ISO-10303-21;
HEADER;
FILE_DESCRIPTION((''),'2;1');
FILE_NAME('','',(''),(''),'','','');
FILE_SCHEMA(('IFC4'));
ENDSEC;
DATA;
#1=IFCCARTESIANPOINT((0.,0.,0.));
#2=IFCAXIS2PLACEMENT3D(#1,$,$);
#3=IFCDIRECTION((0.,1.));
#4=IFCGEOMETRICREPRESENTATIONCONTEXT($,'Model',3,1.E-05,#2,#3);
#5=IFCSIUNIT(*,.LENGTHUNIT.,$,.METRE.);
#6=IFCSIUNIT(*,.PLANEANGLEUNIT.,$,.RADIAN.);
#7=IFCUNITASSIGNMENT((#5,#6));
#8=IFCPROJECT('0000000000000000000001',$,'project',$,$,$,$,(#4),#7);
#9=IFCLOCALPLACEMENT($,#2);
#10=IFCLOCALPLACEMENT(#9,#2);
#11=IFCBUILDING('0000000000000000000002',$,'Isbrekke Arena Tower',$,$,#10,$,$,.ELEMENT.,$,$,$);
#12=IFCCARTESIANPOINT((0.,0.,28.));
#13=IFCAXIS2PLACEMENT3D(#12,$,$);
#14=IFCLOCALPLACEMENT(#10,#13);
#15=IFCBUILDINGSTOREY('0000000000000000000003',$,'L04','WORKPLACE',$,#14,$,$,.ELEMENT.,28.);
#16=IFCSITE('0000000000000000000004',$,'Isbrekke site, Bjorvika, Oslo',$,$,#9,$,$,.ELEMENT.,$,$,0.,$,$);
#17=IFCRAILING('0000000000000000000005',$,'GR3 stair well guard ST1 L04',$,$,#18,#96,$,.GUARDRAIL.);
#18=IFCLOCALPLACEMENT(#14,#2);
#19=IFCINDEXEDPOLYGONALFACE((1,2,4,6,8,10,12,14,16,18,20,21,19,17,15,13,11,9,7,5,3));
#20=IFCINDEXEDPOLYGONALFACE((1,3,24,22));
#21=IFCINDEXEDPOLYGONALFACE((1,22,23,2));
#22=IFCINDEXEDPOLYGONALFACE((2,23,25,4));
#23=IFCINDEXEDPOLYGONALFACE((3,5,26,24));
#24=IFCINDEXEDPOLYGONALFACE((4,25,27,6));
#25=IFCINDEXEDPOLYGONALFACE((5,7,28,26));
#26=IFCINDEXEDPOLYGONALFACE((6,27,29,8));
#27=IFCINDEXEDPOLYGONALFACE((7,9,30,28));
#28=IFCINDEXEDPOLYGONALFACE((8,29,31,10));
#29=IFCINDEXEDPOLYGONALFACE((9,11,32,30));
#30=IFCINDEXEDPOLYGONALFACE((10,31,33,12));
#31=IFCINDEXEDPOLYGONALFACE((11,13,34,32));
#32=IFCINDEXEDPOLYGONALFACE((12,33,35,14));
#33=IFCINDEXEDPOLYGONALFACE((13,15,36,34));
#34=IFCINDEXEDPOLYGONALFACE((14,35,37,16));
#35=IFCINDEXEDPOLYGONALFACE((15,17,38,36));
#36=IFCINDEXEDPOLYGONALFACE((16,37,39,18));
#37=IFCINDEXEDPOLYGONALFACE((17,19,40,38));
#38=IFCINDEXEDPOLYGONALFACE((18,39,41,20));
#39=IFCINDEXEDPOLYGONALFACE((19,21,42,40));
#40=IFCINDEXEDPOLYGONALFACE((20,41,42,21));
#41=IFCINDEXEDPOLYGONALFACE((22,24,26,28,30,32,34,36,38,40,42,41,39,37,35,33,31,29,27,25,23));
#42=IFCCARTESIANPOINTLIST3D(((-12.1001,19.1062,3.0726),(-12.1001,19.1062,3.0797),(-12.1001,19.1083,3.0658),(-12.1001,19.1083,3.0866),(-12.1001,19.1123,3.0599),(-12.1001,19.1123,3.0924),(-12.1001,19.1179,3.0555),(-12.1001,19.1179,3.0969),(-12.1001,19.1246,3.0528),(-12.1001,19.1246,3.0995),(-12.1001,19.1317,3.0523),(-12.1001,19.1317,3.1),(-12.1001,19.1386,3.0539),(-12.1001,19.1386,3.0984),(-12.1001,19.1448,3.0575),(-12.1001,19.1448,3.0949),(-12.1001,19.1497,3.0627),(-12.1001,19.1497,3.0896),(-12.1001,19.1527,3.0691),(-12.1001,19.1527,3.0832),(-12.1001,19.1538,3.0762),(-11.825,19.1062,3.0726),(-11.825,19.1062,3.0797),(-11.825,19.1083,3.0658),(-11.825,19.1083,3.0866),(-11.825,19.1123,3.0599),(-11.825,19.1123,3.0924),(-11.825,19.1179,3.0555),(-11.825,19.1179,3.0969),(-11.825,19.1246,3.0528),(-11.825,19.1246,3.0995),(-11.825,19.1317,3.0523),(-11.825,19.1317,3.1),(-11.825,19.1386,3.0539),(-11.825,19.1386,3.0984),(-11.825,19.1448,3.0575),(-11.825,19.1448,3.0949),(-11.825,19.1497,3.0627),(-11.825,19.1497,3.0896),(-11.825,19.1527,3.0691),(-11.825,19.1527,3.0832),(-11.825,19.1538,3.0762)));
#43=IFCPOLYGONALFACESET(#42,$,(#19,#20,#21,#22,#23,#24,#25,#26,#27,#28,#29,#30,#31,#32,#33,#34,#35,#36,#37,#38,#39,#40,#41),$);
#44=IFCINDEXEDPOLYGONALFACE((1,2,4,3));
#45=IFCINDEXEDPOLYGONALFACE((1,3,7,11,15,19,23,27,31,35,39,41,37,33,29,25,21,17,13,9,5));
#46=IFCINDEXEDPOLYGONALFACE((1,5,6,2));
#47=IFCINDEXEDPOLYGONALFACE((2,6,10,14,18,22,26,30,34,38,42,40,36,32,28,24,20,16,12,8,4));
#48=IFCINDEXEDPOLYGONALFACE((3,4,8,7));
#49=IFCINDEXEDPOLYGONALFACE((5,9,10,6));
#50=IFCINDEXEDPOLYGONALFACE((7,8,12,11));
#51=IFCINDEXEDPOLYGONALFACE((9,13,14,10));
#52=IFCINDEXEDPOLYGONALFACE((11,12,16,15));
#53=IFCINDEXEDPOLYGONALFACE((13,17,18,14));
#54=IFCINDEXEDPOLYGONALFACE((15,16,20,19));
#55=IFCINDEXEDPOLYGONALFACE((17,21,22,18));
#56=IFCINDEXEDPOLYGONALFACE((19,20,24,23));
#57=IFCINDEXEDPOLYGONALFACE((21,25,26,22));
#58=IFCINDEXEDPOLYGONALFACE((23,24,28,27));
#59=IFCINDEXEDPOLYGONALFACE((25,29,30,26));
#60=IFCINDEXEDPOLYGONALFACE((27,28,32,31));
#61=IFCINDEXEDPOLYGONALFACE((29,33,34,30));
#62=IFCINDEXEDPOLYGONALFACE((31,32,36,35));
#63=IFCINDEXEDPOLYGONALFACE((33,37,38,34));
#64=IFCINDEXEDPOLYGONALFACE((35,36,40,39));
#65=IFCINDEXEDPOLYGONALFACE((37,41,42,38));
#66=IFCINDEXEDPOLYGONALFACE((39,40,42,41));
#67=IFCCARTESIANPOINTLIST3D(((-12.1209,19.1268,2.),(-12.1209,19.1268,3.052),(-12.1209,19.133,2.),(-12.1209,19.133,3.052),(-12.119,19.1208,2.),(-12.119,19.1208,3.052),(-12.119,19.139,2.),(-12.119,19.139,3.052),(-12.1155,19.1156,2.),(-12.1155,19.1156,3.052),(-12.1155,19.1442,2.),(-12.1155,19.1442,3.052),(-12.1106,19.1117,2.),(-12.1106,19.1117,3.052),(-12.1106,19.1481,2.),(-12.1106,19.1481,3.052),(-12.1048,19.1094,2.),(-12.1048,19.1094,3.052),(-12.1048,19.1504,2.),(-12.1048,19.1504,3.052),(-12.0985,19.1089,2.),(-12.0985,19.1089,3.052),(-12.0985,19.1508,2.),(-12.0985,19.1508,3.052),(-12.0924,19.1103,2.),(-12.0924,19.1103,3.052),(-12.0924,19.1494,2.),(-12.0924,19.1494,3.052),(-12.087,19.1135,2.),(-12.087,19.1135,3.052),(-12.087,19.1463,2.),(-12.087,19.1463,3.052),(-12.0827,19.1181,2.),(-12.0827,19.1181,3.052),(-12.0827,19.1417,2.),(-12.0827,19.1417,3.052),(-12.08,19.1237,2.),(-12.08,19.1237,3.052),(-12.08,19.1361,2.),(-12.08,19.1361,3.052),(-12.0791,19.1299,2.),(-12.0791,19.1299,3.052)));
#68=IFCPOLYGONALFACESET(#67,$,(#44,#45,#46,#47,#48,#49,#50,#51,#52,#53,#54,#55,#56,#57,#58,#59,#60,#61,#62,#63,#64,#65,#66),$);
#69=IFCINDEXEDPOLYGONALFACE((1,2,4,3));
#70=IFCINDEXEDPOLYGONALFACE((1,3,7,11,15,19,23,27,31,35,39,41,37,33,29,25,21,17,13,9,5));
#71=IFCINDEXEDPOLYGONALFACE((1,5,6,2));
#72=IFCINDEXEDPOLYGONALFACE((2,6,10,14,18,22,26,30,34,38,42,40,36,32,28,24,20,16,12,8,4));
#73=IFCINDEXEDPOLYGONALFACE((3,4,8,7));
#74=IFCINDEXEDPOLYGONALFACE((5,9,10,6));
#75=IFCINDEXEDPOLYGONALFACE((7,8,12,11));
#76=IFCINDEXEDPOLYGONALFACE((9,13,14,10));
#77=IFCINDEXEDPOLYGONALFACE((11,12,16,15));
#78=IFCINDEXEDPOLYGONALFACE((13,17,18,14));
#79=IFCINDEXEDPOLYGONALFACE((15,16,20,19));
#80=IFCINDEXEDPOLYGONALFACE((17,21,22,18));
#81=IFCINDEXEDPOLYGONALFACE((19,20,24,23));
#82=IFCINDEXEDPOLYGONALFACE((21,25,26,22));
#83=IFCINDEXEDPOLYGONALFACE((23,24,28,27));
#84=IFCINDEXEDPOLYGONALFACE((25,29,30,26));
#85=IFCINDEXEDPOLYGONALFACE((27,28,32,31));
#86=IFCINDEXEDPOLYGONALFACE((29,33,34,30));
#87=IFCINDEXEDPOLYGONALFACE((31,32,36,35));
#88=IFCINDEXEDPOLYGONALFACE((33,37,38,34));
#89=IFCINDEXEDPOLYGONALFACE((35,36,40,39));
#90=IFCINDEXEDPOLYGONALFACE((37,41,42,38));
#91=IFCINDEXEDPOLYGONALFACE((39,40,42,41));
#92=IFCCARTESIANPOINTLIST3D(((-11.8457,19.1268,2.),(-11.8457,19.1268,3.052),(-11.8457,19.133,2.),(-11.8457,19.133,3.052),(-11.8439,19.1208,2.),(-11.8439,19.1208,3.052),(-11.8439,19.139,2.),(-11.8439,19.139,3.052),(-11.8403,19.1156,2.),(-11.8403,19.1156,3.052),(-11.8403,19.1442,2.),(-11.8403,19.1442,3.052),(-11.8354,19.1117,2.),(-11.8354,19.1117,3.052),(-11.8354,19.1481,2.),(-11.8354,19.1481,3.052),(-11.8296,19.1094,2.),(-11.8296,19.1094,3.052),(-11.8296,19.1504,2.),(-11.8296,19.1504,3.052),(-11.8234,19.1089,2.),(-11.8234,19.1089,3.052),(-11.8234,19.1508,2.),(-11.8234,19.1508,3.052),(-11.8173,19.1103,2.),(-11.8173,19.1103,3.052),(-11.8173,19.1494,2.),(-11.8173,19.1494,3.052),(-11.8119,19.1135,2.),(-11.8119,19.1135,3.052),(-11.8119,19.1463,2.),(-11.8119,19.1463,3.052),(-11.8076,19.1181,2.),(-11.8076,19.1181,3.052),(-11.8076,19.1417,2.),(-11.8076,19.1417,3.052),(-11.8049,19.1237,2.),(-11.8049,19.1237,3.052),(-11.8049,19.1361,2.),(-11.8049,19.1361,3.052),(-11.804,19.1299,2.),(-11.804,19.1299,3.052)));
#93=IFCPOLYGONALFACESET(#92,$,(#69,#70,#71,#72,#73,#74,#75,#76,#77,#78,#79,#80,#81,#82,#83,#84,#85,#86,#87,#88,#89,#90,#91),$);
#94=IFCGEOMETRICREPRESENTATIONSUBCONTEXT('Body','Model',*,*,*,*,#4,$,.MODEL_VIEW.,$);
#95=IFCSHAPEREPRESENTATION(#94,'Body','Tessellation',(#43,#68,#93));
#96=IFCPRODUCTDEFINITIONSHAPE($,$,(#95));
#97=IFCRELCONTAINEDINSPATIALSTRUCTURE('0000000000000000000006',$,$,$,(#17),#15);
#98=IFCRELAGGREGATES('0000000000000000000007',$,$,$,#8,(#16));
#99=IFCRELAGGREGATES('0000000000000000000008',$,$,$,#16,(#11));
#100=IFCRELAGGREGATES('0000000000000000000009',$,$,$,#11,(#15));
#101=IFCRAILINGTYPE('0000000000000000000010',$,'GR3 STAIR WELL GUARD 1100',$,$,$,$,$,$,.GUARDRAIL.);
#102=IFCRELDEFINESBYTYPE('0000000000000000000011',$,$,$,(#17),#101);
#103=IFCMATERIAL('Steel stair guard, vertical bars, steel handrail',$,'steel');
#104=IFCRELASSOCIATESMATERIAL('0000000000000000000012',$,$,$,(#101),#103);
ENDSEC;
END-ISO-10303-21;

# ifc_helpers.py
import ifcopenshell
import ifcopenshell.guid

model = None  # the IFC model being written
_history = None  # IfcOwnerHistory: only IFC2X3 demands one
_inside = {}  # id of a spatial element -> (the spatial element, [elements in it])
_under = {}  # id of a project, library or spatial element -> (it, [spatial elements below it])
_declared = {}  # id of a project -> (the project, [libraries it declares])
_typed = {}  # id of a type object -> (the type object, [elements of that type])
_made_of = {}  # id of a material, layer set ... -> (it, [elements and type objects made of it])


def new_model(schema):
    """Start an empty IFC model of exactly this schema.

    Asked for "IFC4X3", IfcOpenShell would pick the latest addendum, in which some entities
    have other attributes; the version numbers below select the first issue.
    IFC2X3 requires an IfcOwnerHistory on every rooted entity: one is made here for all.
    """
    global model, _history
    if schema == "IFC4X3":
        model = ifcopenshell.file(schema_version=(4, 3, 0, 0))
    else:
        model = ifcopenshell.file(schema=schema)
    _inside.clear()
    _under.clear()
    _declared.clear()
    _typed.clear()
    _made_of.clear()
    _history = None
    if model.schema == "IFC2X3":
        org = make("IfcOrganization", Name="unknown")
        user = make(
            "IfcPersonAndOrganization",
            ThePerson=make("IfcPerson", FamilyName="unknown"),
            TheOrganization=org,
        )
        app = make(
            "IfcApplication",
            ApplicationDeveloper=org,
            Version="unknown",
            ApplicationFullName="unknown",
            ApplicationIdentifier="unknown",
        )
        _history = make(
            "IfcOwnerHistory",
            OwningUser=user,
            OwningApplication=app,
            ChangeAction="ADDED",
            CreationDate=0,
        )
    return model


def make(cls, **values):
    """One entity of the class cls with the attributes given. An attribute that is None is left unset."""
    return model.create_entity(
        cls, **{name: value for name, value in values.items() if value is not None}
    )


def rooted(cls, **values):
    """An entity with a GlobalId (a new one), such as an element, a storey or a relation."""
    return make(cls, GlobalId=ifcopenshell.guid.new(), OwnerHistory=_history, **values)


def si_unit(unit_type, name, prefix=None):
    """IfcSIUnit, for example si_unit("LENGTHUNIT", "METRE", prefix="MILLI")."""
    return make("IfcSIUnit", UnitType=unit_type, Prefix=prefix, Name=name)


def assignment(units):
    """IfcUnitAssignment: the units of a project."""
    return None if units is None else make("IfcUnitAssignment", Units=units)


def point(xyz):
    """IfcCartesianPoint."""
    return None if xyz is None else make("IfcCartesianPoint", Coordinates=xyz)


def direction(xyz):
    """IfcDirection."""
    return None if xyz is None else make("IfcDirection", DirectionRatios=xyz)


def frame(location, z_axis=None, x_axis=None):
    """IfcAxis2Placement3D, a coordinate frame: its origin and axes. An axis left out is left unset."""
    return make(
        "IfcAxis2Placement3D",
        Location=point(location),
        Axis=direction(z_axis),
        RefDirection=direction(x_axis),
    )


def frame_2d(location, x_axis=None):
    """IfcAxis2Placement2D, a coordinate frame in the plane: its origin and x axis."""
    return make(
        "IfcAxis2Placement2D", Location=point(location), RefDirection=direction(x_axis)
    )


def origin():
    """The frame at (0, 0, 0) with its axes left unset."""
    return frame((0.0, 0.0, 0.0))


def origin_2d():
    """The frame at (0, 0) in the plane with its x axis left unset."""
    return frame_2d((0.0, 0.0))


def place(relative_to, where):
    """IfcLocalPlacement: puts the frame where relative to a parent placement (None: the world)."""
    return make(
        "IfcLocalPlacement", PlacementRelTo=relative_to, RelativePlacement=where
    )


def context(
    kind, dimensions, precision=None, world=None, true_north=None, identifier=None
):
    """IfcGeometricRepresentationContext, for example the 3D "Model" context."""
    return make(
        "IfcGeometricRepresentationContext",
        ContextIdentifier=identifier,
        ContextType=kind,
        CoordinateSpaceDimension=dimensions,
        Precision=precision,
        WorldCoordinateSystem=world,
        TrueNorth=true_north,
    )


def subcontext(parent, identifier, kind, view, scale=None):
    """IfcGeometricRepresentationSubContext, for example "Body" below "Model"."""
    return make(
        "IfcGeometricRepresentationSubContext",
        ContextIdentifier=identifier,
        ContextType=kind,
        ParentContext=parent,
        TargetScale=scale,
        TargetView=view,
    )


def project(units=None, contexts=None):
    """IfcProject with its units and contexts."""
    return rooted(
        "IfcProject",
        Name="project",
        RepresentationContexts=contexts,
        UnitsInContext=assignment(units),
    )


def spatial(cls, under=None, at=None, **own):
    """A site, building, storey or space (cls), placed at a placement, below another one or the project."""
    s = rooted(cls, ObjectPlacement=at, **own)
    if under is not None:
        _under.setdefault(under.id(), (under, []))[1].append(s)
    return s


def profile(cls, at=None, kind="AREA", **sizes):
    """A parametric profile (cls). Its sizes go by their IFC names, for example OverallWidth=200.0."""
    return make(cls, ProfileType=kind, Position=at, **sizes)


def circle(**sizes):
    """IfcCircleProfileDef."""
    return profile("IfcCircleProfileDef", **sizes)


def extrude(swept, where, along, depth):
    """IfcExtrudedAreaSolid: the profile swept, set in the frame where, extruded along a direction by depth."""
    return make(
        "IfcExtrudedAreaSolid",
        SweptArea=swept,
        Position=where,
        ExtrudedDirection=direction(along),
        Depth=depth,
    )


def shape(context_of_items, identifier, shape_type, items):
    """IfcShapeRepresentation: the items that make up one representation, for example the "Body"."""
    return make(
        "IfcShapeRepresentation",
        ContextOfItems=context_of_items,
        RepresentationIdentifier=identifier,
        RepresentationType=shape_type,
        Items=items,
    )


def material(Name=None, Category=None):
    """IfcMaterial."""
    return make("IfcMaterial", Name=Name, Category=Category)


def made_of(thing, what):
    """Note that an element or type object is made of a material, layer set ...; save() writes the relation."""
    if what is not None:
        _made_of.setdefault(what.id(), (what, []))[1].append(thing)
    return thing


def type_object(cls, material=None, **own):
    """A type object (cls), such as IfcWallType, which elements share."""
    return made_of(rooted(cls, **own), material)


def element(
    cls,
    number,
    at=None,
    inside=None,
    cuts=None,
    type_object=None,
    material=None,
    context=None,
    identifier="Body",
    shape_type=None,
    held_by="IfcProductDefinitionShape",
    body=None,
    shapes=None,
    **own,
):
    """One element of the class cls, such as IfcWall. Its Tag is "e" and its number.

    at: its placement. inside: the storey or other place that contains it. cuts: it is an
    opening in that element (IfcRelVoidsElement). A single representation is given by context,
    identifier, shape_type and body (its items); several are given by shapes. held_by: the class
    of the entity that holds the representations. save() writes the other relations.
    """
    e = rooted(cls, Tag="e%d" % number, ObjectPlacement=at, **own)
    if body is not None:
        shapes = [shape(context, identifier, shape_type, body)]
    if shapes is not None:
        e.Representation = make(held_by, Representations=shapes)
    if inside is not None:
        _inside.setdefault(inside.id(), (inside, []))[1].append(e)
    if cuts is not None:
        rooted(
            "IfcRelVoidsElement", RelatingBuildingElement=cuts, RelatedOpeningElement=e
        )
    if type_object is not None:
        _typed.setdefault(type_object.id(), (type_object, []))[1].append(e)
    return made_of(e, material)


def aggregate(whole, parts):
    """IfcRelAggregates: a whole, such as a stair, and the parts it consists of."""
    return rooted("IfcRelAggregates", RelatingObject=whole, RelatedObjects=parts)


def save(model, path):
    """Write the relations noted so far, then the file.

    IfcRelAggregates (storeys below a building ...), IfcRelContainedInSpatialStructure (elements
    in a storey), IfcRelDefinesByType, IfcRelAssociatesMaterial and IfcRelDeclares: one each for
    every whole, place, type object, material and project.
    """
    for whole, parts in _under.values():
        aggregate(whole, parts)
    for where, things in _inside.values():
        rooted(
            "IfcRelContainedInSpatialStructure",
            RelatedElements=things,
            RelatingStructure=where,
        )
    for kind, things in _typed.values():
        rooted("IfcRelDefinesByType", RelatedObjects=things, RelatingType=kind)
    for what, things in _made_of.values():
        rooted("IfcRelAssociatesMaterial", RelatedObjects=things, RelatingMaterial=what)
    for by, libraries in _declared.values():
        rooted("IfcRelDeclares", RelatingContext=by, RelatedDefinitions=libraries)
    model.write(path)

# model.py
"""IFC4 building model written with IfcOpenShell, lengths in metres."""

from ifc_helpers import new_model, si_unit, direction, frame, origin, origin_2d, place, context, subcontext, project, spatial, circle, extrude, material, type_object, element, save


model = new_model("IFC4")

# Units and contexts
model_context = context("Model", 3, precision=1e-05, world=origin(), true_north=direction((0.0, 1.0)))
body_context = subcontext(model_context, "Body", "Model", "MODEL_VIEW")
ifc_project = project(units=[si_unit("LENGTHUNIT", "METRE"), si_unit("PLANEANGLEUNIT", "RADIAN")], contexts=[model_context])

# Site, building, storey
site_placement = place(None, origin())
site = spatial("IfcSite", under=ifc_project, at=site_placement, Name="Isbrekke site, Bjorvika, Oslo", CompositionType="ELEMENT", RefElevation=0.0)
building_placement = place(site_placement, origin())
building = spatial("IfcBuilding", under=site, at=building_placement, Name="Isbrekke Arena Tower", CompositionType="ELEMENT")
storey_placement = place(building_placement, frame((0.0, 0.0, 28.0)))
storey = spatial("IfcBuildingStorey", under=building, at=storey_placement, Name="L04", Description="WORKPLACE", CompositionType="ELEMENT", Elevation=28.0)

# Railing
ifc_material_1 = material(Name="Steel stair guard, vertical bars, steel handrail", Category="steel")
railing_type = type_object("IfcRailingType", Name="GR3 STAIR WELL GUARD 1100", PredefinedType="GUARDRAIL", material=ifc_material_1)
railing_1_placement = place(storey_placement, frame((-12.1001, 19.1299, 2.0)))
element("IfcRailing", 1, at=railing_1_placement, inside=storey, type_object=railing_type, Name="GR3 stair well guard ST1 L04", PredefinedType="GUARDRAIL", context=body_context, shape_type="SweptSolid", body=[
    extrude(circle(Radius=0.0239, at=origin_2d()), frame((0.0, 0.0, 1.0762), z_axis=(1.0, 0.0, 0.0), x_axis=(0.0, 1.0, 0.0)), (0.0, 0.0, 1.0), 0.2751),
    extrude(circle(Radius=0.021, at=origin_2d()), origin(), (0.0, 0.0, 1.0), 1.052),
    extrude(circle(Radius=0.021, at=origin_2d()), frame((0.2751, 0.0, 0.0)), (0.0, 0.0, 1.0), 1.052),
])

save(model, "model.ifc")
